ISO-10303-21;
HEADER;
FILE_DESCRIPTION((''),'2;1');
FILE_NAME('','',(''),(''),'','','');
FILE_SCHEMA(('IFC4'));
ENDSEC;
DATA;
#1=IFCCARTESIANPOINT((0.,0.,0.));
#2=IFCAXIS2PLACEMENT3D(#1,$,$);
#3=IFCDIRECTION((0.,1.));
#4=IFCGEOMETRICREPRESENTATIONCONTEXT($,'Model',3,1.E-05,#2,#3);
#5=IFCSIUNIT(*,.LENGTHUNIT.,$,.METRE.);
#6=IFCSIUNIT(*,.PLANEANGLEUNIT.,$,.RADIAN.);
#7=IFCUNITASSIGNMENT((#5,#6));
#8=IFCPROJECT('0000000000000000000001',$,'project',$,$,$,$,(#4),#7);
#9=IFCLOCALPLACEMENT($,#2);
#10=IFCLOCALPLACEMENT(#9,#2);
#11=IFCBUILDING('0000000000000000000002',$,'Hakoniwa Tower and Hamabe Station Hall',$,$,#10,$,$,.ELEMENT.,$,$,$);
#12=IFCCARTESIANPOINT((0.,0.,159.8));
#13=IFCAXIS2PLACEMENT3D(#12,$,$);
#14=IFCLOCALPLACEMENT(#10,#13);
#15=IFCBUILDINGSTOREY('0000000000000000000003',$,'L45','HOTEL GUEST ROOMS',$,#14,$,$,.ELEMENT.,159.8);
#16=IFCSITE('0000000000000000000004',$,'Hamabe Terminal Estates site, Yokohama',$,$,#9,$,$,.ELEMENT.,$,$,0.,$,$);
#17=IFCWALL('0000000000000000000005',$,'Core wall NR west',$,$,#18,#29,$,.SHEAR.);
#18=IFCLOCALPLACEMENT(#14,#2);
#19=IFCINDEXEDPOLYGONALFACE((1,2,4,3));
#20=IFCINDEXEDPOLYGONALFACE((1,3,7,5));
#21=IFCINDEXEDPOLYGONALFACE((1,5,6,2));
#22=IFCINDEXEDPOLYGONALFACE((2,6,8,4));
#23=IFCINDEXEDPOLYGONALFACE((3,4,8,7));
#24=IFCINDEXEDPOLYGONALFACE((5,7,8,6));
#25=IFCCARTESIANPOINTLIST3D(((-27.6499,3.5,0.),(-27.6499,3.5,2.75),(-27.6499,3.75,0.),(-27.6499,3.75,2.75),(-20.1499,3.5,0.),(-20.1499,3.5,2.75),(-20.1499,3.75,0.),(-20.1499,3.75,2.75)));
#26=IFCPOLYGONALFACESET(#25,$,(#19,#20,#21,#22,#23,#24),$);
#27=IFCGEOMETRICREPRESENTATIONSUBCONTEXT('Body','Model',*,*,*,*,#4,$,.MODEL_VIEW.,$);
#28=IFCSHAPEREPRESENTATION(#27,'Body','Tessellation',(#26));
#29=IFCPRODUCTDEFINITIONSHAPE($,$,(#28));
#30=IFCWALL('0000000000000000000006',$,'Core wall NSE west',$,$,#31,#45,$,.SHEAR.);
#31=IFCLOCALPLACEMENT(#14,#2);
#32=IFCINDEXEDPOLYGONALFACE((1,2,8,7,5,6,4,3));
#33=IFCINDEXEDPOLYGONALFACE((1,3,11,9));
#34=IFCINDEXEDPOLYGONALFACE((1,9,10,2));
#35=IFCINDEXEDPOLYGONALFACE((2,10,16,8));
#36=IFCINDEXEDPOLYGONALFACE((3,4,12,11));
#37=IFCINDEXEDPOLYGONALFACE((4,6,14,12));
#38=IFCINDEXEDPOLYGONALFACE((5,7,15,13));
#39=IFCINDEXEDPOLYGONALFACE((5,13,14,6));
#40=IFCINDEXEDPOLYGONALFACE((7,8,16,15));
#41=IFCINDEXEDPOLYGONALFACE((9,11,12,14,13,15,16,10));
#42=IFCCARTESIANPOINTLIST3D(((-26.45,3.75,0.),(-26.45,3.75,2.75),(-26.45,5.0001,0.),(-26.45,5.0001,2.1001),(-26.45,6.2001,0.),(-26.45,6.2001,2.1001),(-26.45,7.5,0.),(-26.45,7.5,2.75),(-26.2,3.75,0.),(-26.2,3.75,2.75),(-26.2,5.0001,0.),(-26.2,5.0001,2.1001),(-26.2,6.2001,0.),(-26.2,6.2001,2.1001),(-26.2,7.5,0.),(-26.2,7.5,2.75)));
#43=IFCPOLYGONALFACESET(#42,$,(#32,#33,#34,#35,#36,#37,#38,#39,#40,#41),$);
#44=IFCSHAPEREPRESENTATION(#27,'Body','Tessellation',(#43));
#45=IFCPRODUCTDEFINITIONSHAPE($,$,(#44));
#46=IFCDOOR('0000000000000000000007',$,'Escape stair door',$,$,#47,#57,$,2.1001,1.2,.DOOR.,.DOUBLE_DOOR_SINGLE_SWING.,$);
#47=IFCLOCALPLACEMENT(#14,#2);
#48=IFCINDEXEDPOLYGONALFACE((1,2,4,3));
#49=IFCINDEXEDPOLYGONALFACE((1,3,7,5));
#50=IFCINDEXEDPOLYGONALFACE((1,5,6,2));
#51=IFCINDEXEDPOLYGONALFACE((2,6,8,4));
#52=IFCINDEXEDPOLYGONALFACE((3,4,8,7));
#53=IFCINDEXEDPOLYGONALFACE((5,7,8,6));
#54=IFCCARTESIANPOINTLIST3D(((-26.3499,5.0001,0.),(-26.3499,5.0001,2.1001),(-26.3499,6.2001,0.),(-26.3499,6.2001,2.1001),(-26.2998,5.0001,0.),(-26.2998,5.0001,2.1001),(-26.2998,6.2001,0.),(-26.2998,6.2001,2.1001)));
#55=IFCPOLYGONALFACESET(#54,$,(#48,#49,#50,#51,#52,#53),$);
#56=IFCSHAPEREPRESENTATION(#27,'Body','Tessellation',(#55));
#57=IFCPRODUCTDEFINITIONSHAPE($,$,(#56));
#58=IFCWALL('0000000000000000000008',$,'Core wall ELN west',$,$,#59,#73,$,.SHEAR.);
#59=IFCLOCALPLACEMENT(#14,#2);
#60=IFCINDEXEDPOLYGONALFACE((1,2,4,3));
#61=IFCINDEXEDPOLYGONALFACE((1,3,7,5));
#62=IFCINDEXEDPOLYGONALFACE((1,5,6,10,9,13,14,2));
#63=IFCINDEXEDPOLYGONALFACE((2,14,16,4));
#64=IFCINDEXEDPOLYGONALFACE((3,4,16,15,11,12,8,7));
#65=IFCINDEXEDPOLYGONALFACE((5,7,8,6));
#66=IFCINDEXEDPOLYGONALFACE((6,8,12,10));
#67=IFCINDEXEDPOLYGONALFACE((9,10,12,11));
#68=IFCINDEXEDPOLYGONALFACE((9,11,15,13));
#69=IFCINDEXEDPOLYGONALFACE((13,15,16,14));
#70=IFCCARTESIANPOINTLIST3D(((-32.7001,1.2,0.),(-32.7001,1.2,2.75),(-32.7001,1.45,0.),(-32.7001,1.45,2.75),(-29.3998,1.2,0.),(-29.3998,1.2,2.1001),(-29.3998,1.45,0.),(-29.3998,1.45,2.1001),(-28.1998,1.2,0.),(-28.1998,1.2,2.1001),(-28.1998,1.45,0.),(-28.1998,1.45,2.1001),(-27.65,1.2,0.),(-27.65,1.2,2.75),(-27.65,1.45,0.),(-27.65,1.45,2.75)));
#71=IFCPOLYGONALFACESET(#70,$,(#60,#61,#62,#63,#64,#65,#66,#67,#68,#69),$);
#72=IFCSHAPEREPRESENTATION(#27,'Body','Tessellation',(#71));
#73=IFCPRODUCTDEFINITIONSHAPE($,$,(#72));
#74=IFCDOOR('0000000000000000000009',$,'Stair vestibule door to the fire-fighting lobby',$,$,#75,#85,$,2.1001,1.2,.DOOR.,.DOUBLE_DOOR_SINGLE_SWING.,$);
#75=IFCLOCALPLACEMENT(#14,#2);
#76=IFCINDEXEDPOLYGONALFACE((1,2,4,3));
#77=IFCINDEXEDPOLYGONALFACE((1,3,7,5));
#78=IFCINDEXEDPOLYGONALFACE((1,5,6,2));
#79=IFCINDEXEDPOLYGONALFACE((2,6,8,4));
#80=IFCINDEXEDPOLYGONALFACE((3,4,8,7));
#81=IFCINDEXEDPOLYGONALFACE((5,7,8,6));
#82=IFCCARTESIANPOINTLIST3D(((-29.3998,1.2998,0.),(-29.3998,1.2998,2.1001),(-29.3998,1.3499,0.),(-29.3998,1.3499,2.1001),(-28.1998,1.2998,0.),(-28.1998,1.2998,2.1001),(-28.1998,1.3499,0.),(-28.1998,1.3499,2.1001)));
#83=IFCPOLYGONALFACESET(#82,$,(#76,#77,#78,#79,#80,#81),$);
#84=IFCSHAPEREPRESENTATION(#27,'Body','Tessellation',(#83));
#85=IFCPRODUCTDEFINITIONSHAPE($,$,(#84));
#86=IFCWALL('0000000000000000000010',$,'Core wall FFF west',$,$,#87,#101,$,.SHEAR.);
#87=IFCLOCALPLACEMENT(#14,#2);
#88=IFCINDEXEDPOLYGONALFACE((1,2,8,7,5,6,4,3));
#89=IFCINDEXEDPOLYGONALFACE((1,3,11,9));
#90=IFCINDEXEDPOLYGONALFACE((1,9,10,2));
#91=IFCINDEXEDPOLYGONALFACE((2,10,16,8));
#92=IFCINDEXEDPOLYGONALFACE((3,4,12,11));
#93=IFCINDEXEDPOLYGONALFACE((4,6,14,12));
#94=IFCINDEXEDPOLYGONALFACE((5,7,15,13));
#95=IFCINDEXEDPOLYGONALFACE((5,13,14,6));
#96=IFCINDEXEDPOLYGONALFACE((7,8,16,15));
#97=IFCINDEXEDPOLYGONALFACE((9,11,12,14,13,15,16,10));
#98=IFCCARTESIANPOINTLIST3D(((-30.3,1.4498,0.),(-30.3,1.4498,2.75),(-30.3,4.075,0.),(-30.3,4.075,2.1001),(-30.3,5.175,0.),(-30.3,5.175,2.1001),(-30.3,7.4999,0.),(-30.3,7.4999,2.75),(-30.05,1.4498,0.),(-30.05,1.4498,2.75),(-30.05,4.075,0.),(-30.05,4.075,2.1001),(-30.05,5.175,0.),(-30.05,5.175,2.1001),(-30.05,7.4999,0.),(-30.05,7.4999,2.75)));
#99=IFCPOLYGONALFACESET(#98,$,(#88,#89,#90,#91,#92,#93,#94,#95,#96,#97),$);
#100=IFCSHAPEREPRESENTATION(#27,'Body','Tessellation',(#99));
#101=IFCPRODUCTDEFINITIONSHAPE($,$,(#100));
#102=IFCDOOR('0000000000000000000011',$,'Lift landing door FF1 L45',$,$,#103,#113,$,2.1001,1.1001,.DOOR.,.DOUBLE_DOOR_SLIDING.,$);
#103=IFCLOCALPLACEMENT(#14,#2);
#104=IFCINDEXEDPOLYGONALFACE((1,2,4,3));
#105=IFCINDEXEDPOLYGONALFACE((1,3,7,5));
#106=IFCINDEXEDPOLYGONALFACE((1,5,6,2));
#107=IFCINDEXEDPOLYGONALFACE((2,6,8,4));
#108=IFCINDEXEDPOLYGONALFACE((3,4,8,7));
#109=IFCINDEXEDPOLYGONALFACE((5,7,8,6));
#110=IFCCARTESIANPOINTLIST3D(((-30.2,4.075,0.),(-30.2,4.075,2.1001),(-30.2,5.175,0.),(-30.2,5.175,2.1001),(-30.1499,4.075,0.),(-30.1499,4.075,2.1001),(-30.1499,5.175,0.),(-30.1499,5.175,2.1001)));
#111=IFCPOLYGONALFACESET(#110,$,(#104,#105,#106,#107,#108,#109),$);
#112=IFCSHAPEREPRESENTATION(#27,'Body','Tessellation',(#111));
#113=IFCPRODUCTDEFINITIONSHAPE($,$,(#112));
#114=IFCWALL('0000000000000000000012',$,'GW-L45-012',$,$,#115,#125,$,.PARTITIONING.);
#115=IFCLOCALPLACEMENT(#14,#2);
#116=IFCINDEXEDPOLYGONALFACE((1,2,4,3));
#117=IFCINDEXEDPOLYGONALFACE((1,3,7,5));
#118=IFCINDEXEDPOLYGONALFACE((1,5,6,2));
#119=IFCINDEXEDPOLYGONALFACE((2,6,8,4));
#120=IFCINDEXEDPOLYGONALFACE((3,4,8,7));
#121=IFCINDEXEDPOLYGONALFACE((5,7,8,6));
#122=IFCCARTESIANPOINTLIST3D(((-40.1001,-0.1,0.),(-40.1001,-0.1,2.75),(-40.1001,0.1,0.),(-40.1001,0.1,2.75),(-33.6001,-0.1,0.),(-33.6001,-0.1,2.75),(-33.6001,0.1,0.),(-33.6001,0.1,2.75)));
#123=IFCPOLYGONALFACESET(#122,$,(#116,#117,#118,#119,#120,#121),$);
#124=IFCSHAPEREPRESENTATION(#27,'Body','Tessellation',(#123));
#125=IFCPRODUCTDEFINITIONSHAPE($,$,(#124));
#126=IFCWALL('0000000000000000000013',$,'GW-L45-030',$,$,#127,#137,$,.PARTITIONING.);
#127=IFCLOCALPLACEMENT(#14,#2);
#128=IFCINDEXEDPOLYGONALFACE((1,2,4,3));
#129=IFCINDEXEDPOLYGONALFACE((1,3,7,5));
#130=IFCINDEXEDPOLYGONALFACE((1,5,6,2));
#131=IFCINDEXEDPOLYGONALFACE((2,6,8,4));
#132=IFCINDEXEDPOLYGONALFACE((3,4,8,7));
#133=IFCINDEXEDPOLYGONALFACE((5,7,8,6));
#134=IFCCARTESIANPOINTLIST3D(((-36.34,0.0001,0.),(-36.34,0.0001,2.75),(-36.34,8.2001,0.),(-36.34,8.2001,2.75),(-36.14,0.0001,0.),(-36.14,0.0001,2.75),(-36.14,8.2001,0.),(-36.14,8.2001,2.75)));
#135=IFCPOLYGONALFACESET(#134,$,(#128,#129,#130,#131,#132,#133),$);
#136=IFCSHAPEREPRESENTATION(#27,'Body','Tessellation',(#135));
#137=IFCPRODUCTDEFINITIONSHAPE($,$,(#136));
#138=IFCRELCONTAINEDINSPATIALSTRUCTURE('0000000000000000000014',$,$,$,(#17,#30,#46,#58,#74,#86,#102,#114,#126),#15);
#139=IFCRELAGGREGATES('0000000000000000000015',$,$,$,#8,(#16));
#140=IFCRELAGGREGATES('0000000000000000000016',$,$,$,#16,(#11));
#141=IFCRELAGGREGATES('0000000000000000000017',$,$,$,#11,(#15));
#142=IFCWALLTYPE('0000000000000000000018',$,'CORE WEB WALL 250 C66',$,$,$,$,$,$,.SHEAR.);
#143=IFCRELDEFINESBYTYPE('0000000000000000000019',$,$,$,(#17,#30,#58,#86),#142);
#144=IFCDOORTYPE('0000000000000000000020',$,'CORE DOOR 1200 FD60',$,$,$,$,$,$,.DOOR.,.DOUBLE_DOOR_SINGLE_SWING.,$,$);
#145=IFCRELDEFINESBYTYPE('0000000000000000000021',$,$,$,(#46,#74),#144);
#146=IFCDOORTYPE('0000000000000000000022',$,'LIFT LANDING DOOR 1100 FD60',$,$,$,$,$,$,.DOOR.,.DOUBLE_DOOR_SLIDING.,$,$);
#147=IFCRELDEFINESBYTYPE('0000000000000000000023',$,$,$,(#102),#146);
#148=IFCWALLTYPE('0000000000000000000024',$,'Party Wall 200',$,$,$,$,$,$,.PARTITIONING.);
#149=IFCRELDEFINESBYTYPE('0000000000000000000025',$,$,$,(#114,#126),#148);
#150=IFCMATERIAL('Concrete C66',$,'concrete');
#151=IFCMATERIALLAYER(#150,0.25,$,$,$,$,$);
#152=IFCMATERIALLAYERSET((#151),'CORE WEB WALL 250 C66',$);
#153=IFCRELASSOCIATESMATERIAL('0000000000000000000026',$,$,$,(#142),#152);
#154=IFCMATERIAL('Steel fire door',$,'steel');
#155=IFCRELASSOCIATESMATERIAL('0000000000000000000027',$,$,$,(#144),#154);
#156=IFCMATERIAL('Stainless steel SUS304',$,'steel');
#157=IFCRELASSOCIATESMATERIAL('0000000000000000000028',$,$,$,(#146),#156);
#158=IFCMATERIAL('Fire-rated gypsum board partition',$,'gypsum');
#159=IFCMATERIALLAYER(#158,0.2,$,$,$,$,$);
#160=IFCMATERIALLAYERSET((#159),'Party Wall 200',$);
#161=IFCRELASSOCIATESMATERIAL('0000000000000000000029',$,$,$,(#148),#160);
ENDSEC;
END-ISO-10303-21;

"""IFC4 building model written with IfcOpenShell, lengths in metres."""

from ifc_helpers import new_model, si_unit, direction, frame, frame_2d, origin, place, context, subcontext, project, spatial, rectangle, extrude, material, layer, layer_set, type_object, element, fill, save


model = new_model("IFC4")

# Units and contexts
model_context = context("Model", 3, precision=1e-05, world=origin(), true_north=direction((0.0, 1.0)))
body_context = subcontext(model_context, "Body", "Model", "MODEL_VIEW")
ifc_project = project(units=[si_unit("LENGTHUNIT", "METRE"), si_unit("PLANEANGLEUNIT", "RADIAN")], contexts=[model_context])

# Site, building, storey
site_placement = place(None, origin())
site = spatial("IfcSite", under=ifc_project, at=site_placement, Name="Hamabe Terminal Estates site, Yokohama", CompositionType="ELEMENT", RefElevation=0.0)
building_placement = place(site_placement, origin())
building = spatial("IfcBuilding", under=site, at=building_placement, Name="Hakoniwa Tower and Hamabe Station Hall", CompositionType="ELEMENT")
storey_placement = place(building_placement, frame((0.0, 0.0, 159.8)))
storey = spatial("IfcBuildingStorey", under=building, at=storey_placement, Name="L45", Description="HOTEL GUEST ROOMS", CompositionType="ELEMENT", Elevation=159.8)

# Shared definitions
ifc_material_1 = material(Name="Concrete C66", Category="concrete")
ifc_layer_1 = layer(ifc_material_1, 0.25)
ifc_layer_set_1 = layer_set([ifc_layer_1], Name="CORE WEB WALL 250 C66")
wall_type_1 = type_object("IfcWallType", Name="CORE WEB WALL 250 C66", PredefinedType="SHEAR", material=ifc_layer_set_1)

# Wall
wall_1_placement = place(storey_placement, frame((-27.6499, 3.625, 0.0), z_axis=(0.0, 0.0, 1.0), x_axis=(1.0, 0.0, 0.0)))
element("IfcWall", 1, at=wall_1_placement, inside=storey, type_object=wall_type_1, Name="Core wall NR west", PredefinedType="SHEAR", context=body_context, shape_type="SweptSolid", body=[
    extrude(rectangle(XDim=7.5, YDim=0.25, at=frame_2d((3.75, 0.0))), origin(), (0.0, 0.0, 1.0), 2.75),
])

# Walls, openings, doors
wall_2_placement = place(storey_placement, frame((-26.325, 3.75, 0.0), z_axis=(0.0, 0.0, 1.0), x_axis=(0.0, 1.0, 0.0)))
wall_2 = element("IfcWall", 2, at=wall_2_placement, inside=storey, type_object=wall_type_1, Name="Core wall NSE west", PredefinedType="SHEAR", context=body_context, shape_type="SweptSolid", body=[
    extrude(rectangle(XDim=3.75, YDim=0.25, at=frame_2d((1.875, 0.0))), origin(), (0.0, 0.0, 1.0), 2.75),
])
opening_1_placement = place(wall_2_placement, frame((1.25, 0.0, 0.0)))
opening_1 = element("IfcOpeningElement", 3, at=opening_1_placement, cuts=wall_2, PredefinedType="OPENING", context=body_context, shape_type="SweptSolid", body=[
    extrude(rectangle(XDim=1.2, YDim=2.1001, at=frame_2d((0.6001, 1.05))), frame((0.0, 0.135, 0.0), z_axis=(0.0, -1.0, 0.0), x_axis=(1.0, 0.0, 0.0)), (0.0, 0.0, 1.0), 0.27),
])
ifc_material_2 = material(Name="Steel fire door", Category="steel")
door_type_1 = type_object("IfcDoorType", Name="CORE DOOR 1200 FD60", OperationType="DOUBLE_DOOR_SINGLE_SWING", PredefinedType="DOOR", material=ifc_material_2)
door_1_placement = place(opening_1_placement, origin())
door_1 = element("IfcDoor", 4, at=door_1_placement, inside=storey, type_object=door_type_1, Name="Escape stair door", OperationType="DOUBLE_DOOR_SINGLE_SWING", OverallHeight=2.1001, OverallWidth=1.2, PredefinedType="DOOR", context=body_context, shape_type="SweptSolid", body=[
    extrude(rectangle(XDim=1.2, YDim=2.1001, at=frame_2d((0.6001, 1.05))), frame((0.0, 0.0249, 0.0), z_axis=(0.0, -1.0, 0.0), x_axis=(1.0, 0.0, 0.0)), (0.0, 0.0, 1.0), 0.05),
])
fill(opening_1, door_1)
wall_3_placement = place(storey_placement, frame((-32.7, 1.325, 0.0), z_axis=(0.0, 0.0, 1.0), x_axis=(1.0, 0.0, 0.0)))
wall_3 = element("IfcWall", 5, at=wall_3_placement, inside=storey, type_object=wall_type_1, Name="Core wall ELN west", PredefinedType="SHEAR", context=body_context, shape_type="SweptSolid", body=[
    extrude(rectangle(XDim=5.05, YDim=0.25, at=frame_2d((2.5249, 0.0))), origin(), (0.0, 0.0, 1.0), 2.75),
])
opening_2_placement = place(wall_3_placement, frame((3.3, 0.0, 0.0)))
opening_2 = element("IfcOpeningElement", 6, at=opening_2_placement, cuts=wall_3, PredefinedType="OPENING", context=body_context, shape_type="SweptSolid", body=[
    extrude(rectangle(XDim=1.2, YDim=2.1001, at=frame_2d((0.6001, 1.05))), frame((0.0, 0.135, 0.0), z_axis=(0.0, -1.0, 0.0), x_axis=(1.0, 0.0, 0.0)), (0.0, 0.0, 1.0), 0.27),
])
door_2_placement = place(opening_2_placement, origin())
door_2 = element("IfcDoor", 7, at=door_2_placement, inside=storey, type_object=door_type_1, Name="Stair vestibule door to the fire-fighting lobby", OperationType="DOUBLE_DOOR_SINGLE_SWING", OverallHeight=2.1001, OverallWidth=1.2, PredefinedType="DOOR", context=body_context, shape_type="SweptSolid", body=[
    extrude(rectangle(XDim=1.2, YDim=2.1001, at=frame_2d((0.6001, 1.05))), frame((0.0, 0.0249, 0.0), z_axis=(0.0, -1.0, 0.0), x_axis=(1.0, 0.0, 0.0)), (0.0, 0.0, 1.0), 0.05),
])
fill(opening_2, door_2)
wall_4_placement = place(storey_placement, frame((-30.175, 1.45, 0.0), z_axis=(0.0, 0.0, 1.0), x_axis=(0.0, 1.0, 0.0)))
wall_4 = element("IfcWall", 8, at=wall_4_placement, inside=storey, type_object=wall_type_1, Name="Core wall FFF west", PredefinedType="SHEAR", context=body_context, shape_type="SweptSolid", body=[
    extrude(rectangle(XDim=6.05, YDim=0.25, at=frame_2d((3.0249, 0.0))), origin(), (0.0, 0.0, 1.0), 2.75),
])
opening_3_placement = place(wall_4_placement, frame((2.625, 0.0, 0.0)))
opening_3 = element("IfcOpeningElement", 9, at=opening_3_placement, cuts=wall_4, PredefinedType="OPENING", context=body_context, shape_type="SweptSolid", body=[
    extrude(rectangle(XDim=1.1001, YDim=2.1001, at=frame_2d((0.55, 1.05))), frame((0.0, 0.135, 0.0), z_axis=(0.0, -1.0, 0.0), x_axis=(1.0, 0.0, 0.0)), (0.0, 0.0, 1.0), 0.27),
])
ifc_material_3 = material(Name="Stainless steel SUS304", Category="steel")
door_type_2 = type_object("IfcDoorType", Name="LIFT LANDING DOOR 1100 FD60", OperationType="DOUBLE_DOOR_SLIDING", PredefinedType="DOOR", material=ifc_material_3)
door_3_placement = place(opening_3_placement, origin())
door_3 = element("IfcDoor", 10, at=door_3_placement, inside=storey, type_object=door_type_2, Name="Lift landing door FF1 L45", OperationType="DOUBLE_DOOR_SLIDING", OverallHeight=2.1001, OverallWidth=1.1001, PredefinedType="DOOR", context=body_context, shape_type="SweptSolid", body=[
    extrude(rectangle(XDim=1.1001, YDim=2.1001, at=frame_2d((0.55, 1.05))), frame((0.0, 0.0249, 0.0), z_axis=(0.0, -1.0, 0.0), x_axis=(1.0, 0.0, 0.0)), (0.0, 0.0, 1.0), 0.05),
])
fill(opening_3, door_3)

# Walls
ifc_material_4 = material(Name="Fire-rated gypsum board partition", Category="gypsum")
ifc_layer_2 = layer(ifc_material_4, 0.2)
ifc_layer_set_2 = layer_set([ifc_layer_2], Name="Party Wall 200")
wall_type_2 = type_object("IfcWallType", Name="Party Wall 200", PredefinedType="PARTITIONING", material=ifc_layer_set_2)
wall_5_placement = place(storey_placement, frame((-40.1001, 0.0, 0.0), z_axis=(0.0, 0.0, 1.0), x_axis=(1.0, 0.0, 0.0)))
element("IfcWall", 11, at=wall_5_placement, inside=storey, type_object=wall_type_2, Name="GW-L45-012", PredefinedType="PARTITIONING", context=body_context, shape_type="SweptSolid", body=[
    extrude(rectangle(XDim=6.5, YDim=0.2, at=frame_2d((3.25, 0.0))), origin(), (0.0, 0.0, 1.0), 2.75),
])
wall_6_placement = place(storey_placement, frame((-36.24, 0.0, 0.0), z_axis=(0.0, 0.0, 1.0), x_axis=(0.0, 1.0, 0.0)))
element("IfcWall", 12, at=wall_6_placement, inside=storey, type_object=wall_type_2, Name="GW-L45-030", PredefinedType="PARTITIONING", context=body_context, shape_type="SweptSolid", body=[
    extrude(rectangle(XDim=8.2, YDim=0.2, at=frame_2d((4.1001, 0.0))), origin(), (0.0, 0.0, 1.0), 2.75),
])

save(model, "model.ifc")
